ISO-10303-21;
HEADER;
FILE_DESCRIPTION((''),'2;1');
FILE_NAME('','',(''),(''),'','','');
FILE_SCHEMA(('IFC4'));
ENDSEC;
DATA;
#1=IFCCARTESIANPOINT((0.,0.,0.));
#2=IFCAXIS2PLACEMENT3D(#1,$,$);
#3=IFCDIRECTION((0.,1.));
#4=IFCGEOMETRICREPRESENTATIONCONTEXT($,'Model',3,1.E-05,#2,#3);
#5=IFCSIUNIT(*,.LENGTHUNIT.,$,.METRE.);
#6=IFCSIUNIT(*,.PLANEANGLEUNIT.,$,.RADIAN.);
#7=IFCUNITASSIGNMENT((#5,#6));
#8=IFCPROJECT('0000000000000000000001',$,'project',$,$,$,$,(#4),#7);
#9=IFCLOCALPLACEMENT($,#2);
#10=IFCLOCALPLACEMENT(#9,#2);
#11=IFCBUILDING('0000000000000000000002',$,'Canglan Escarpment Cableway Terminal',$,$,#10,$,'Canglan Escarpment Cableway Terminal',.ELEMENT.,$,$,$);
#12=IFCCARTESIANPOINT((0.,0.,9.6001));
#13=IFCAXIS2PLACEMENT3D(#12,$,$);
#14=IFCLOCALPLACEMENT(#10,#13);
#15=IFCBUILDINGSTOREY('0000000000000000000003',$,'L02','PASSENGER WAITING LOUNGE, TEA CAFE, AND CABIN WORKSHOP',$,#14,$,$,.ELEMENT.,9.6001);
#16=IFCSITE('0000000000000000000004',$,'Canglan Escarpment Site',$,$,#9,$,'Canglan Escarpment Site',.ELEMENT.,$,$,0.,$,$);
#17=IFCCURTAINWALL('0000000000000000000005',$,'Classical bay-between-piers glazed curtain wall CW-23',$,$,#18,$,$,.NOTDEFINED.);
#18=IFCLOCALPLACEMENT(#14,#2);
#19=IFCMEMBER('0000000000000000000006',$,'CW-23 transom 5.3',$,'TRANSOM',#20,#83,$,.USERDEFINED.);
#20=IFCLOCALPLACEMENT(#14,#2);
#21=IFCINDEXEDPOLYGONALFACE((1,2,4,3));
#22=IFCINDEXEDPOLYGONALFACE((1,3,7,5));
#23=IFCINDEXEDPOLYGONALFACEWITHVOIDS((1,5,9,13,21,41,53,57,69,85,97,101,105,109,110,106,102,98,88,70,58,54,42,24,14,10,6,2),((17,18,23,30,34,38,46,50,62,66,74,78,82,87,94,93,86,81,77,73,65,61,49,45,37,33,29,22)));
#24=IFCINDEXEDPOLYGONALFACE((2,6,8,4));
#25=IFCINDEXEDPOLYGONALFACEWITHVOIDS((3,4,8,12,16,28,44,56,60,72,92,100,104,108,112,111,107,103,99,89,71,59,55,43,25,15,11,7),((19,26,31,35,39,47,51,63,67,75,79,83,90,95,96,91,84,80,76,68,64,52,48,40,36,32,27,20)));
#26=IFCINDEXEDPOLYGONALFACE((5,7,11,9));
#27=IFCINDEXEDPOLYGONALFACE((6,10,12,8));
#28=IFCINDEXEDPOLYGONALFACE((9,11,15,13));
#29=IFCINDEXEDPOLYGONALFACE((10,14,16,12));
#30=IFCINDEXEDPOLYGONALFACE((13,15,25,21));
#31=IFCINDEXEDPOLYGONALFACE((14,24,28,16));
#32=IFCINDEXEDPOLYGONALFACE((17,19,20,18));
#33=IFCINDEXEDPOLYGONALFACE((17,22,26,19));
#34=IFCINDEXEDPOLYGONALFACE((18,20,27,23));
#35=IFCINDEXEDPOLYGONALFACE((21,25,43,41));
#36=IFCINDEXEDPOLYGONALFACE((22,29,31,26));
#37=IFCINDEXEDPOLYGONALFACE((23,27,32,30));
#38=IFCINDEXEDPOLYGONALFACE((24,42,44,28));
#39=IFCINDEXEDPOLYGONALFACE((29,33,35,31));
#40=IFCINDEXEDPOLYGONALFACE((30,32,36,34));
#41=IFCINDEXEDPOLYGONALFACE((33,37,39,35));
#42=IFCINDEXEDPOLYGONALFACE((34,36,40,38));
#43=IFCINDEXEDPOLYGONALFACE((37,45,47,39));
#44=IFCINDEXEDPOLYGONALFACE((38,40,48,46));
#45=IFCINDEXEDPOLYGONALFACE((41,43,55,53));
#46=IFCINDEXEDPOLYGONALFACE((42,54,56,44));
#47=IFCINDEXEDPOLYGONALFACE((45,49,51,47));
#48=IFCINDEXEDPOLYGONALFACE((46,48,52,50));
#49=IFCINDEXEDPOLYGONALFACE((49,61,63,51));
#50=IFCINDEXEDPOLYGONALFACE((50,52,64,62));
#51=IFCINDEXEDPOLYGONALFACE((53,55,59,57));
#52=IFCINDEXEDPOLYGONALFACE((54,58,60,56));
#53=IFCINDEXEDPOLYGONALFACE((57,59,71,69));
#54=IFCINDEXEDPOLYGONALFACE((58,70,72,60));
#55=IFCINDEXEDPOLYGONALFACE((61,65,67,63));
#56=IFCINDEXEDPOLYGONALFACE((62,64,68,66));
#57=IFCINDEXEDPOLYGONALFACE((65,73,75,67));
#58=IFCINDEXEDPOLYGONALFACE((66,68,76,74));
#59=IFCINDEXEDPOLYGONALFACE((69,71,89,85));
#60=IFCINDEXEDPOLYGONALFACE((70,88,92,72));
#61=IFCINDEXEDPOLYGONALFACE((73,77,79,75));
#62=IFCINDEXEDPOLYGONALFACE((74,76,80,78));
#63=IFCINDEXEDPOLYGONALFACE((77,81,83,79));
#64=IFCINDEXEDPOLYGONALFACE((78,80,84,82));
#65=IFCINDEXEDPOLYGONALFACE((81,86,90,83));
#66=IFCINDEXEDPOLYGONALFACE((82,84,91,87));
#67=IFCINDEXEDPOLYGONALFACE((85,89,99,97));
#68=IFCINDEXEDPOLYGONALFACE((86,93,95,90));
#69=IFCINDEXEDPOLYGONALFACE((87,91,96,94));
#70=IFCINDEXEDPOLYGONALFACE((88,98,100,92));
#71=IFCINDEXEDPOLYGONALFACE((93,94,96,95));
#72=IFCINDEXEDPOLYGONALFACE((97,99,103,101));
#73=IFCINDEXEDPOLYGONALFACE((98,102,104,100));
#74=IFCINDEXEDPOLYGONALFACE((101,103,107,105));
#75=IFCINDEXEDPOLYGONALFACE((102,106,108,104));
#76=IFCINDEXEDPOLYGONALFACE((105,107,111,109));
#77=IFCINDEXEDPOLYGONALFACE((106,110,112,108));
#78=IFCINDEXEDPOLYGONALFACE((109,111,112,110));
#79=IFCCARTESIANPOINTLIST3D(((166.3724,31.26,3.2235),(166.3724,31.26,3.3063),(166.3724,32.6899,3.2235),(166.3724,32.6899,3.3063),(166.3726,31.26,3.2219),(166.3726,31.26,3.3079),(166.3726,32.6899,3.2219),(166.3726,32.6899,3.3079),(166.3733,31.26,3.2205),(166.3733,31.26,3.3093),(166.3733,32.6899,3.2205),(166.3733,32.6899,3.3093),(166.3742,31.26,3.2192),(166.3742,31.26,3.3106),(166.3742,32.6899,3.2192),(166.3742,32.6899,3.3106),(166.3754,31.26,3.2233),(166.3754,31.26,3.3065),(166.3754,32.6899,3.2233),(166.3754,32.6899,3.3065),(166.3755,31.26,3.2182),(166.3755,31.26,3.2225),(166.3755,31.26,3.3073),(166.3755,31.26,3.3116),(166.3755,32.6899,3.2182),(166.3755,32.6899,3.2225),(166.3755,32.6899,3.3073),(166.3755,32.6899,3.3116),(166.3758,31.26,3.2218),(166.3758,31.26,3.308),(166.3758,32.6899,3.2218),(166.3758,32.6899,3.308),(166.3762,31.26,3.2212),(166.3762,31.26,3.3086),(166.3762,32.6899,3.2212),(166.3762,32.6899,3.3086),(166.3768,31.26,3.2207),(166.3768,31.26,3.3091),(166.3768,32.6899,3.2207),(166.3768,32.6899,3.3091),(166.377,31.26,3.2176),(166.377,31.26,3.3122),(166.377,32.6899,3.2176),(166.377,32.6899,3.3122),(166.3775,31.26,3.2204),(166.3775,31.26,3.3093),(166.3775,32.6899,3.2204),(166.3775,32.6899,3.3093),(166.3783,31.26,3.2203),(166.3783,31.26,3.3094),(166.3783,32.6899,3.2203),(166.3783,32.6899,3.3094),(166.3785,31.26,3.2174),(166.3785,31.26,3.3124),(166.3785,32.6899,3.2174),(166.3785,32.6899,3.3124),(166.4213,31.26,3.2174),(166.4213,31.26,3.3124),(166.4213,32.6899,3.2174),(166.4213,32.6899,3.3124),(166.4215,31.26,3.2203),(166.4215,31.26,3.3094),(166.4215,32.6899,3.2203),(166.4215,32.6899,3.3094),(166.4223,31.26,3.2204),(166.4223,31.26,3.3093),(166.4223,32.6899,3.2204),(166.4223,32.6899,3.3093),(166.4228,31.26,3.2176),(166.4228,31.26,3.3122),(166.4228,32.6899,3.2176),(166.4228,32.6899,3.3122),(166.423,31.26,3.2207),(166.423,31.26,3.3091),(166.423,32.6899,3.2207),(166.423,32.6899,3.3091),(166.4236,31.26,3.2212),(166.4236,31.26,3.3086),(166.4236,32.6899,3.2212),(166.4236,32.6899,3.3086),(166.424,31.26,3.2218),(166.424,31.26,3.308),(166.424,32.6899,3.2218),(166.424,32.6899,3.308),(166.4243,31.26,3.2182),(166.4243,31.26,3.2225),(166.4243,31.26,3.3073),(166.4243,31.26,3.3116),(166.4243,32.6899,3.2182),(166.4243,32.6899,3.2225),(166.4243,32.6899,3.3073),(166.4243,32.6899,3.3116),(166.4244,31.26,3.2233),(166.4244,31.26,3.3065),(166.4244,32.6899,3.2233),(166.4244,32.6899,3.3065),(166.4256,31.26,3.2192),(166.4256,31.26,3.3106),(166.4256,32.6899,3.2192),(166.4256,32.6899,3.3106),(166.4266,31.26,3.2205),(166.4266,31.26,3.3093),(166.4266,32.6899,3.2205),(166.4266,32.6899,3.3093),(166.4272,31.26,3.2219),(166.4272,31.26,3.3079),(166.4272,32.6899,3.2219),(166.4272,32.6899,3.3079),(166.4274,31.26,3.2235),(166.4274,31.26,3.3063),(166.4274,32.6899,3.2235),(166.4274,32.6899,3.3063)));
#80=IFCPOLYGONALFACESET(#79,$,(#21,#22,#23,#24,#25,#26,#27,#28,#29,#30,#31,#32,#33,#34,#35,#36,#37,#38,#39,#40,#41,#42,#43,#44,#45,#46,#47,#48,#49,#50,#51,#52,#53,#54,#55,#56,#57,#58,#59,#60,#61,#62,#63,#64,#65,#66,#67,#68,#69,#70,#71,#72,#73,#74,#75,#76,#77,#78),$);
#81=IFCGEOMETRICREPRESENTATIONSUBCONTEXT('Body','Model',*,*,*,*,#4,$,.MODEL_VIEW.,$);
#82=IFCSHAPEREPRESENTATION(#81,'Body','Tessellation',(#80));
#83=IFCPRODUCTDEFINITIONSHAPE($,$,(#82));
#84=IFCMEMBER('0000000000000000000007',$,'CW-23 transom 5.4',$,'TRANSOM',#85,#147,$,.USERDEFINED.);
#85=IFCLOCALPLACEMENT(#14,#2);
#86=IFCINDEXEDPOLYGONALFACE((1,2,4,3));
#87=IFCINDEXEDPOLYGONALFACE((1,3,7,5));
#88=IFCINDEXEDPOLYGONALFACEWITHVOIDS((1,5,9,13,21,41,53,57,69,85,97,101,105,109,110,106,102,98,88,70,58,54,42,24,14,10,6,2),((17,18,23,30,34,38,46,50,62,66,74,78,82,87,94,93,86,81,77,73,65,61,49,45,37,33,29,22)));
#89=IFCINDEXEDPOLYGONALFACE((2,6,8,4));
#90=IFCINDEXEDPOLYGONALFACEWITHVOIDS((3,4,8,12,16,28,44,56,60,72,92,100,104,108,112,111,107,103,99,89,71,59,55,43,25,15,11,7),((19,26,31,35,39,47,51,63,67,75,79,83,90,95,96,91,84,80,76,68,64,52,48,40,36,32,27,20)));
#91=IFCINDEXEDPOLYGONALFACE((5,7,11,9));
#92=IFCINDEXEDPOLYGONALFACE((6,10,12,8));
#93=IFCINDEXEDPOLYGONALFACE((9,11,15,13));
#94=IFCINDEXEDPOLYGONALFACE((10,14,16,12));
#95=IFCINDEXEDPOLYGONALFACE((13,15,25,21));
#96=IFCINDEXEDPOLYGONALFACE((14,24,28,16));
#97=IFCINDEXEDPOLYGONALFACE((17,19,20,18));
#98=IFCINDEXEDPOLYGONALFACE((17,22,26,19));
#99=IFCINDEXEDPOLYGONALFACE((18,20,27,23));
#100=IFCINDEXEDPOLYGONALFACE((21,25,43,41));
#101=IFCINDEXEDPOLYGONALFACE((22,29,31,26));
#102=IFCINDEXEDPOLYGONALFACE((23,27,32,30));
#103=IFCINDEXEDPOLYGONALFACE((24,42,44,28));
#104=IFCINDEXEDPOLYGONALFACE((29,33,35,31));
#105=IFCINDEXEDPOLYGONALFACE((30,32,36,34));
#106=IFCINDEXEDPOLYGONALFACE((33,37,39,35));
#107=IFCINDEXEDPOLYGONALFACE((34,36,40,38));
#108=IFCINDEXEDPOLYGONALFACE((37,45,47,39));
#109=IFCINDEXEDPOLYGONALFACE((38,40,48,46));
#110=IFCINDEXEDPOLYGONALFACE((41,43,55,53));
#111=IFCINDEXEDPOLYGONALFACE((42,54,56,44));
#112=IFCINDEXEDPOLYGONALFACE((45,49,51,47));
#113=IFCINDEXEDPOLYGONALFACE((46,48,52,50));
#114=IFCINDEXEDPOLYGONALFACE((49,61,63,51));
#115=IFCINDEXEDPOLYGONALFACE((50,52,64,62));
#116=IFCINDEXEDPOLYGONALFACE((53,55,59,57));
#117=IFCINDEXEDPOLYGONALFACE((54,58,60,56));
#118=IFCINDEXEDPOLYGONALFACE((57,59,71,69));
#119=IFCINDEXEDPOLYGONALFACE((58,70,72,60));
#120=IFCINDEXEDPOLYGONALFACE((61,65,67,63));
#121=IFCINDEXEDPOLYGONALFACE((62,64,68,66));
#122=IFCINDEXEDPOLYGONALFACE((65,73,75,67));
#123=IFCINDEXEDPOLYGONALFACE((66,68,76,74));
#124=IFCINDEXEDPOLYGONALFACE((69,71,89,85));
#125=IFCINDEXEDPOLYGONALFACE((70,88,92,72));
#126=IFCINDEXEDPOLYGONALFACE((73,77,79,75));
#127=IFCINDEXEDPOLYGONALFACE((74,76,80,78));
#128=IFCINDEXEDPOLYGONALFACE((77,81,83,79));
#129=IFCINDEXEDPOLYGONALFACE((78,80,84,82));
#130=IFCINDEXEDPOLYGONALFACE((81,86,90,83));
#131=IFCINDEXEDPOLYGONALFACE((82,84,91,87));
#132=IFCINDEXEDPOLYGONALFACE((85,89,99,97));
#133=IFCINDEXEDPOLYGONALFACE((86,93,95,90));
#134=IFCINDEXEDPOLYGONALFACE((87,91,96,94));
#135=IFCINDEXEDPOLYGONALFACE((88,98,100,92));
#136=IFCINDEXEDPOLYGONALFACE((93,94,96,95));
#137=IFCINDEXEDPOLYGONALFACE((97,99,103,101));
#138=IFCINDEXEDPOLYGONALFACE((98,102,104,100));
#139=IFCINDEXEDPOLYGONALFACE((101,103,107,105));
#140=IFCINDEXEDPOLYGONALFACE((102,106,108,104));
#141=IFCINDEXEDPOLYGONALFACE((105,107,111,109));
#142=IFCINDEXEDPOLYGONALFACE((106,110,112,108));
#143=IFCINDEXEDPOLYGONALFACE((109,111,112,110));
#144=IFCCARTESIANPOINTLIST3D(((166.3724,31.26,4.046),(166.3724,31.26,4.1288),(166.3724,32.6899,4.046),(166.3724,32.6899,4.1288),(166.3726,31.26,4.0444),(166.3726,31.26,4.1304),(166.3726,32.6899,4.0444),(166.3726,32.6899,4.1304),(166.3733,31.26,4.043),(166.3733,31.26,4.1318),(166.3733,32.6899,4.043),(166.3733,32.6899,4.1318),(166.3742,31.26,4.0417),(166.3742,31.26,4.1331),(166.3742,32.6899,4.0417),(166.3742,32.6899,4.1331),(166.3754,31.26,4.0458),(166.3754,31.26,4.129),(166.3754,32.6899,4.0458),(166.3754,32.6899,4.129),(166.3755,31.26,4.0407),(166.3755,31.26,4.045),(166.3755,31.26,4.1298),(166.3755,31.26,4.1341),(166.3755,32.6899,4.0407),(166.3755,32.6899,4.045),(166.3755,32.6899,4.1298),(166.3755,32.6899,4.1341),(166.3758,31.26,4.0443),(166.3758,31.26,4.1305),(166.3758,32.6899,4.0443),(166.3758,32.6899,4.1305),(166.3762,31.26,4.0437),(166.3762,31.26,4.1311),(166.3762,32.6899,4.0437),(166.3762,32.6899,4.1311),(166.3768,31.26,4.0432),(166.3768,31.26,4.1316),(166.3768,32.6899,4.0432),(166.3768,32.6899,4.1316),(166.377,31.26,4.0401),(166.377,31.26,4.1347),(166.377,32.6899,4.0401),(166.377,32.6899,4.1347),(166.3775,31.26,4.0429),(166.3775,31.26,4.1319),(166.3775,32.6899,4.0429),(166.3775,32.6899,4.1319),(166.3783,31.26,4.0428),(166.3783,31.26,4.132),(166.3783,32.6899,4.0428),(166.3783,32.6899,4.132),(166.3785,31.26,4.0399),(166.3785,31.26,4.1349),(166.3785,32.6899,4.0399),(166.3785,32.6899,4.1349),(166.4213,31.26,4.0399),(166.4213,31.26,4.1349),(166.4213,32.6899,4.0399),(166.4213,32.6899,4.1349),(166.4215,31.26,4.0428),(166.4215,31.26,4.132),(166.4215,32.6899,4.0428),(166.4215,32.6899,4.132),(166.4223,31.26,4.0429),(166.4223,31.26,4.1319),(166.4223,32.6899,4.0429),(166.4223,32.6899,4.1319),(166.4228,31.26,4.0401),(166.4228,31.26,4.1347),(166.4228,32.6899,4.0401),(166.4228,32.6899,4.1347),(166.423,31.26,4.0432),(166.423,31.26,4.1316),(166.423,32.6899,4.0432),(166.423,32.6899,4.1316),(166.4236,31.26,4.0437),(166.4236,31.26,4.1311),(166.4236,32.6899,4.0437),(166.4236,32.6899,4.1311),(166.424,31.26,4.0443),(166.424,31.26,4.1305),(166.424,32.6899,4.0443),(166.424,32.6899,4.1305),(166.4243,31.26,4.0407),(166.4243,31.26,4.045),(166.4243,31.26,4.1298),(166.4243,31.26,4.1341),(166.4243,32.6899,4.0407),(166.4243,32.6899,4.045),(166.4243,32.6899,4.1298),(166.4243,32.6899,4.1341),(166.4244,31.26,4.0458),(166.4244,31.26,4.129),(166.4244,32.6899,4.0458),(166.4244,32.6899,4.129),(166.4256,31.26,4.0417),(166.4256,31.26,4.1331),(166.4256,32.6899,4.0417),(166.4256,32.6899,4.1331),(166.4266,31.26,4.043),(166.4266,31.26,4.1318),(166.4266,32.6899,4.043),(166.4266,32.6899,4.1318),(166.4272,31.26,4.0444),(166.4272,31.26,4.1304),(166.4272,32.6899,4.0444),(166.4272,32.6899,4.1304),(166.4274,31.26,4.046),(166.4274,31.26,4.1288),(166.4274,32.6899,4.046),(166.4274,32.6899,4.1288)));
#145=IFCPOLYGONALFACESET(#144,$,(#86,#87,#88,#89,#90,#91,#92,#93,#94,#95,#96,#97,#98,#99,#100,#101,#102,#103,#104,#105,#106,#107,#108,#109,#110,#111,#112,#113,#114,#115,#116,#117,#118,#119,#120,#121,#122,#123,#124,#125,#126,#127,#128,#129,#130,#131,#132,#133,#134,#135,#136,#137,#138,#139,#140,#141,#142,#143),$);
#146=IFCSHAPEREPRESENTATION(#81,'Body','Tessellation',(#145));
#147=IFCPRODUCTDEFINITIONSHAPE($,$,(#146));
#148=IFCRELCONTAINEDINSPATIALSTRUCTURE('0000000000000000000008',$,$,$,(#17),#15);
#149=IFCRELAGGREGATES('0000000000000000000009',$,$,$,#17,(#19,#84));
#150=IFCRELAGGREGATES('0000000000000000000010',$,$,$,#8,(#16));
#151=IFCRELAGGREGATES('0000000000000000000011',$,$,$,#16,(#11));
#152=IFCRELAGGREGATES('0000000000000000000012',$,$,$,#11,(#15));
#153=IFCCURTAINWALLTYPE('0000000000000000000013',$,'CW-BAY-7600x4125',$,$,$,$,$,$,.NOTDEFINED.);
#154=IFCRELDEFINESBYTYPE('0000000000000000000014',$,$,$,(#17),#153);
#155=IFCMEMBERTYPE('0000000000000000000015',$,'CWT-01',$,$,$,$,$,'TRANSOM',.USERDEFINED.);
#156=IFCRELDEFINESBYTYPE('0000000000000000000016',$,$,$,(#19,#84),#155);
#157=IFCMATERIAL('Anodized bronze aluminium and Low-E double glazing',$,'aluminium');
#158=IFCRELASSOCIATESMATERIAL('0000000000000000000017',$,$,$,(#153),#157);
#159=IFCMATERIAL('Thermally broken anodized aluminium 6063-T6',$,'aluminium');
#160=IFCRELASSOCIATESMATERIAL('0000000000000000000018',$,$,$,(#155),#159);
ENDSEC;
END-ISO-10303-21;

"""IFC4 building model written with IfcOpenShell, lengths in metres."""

from ifc_helpers import new_model, si_unit, direction, frame, origin, origin_2d, place, context, subcontext, project, spatial, hollow_rectangle, extrude, material, material_profile, profile_set, type_object, element, aggregate, save


model = new_model("IFC4")

# Units and contexts
model_context = context("Model", 3, precision=1e-05, world=origin(), true_north=direction((0.0, 1.0)))
body_context = subcontext(model_context, "Body", "Model", "MODEL_VIEW")
ifc_project = project(units=[si_unit("LENGTHUNIT", "METRE"), si_unit("PLANEANGLEUNIT", "RADIAN")], contexts=[model_context])

# Site, building, storey
site_placement = place(None, origin())
site = spatial("IfcSite", under=ifc_project, at=site_placement, Name="Canglan Escarpment Site", LongName="Canglan Escarpment Site", CompositionType="ELEMENT", RefElevation=0.0)
building_placement = place(site_placement, origin())
building = spatial("IfcBuilding", under=site, at=building_placement, Name="Canglan Escarpment Cableway Terminal", LongName="Canglan Escarpment Cableway Terminal", CompositionType="ELEMENT")
storey_placement = place(building_placement, frame((0.0, 0.0, 9.6001)))
storey = spatial("IfcBuildingStorey", under=building, at=storey_placement, Name="L02", Description="PASSENGER WAITING LOUNGE, TEA CAFE, AND CABIN WORKSHOP", CompositionType="ELEMENT", Elevation=9.6001)

# Curtain wall
ifc_material_1 = material(Name="Anodized bronze aluminium and Low-E double glazing", Category="aluminium")
curtain_wall_type_1 = type_object("IfcCurtainWallType", Name="CW-BAY-7600x4125", PredefinedType="NOTDEFINED", material=ifc_material_1)
curtain_wall_1_placement = place(storey_placement, origin())
curtain_wall_1 = element("IfcCurtainWall", 1, at=curtain_wall_1_placement, inside=storey, type_object=curtain_wall_type_1, Name="Classical bay-between-piers glazed curtain wall CW-23", PredefinedType="NOTDEFINED")
ifc_material_2 = material(Name="Thermally broken anodized aluminium 6063-T6", Category="aluminium")

# Members
ifc_material_profile_1 = material_profile(ifc_material_2, hollow_rectangle(XDim=0.0549, YDim=0.095, WallThickness=0.0029, InnerFilletRadius=0.0029, OuterFilletRadius=0.0061, at=origin_2d()), Name="ALU-TRAN 55x95x3")
ifc_profile_set_1 = profile_set([ifc_material_profile_1], Name="Thermally broken anodized aluminium 6063-T6")
member_type_1 = type_object("IfcMemberType", Name="CWT-01", ElementType="TRANSOM", PredefinedType="USERDEFINED", material=ifc_profile_set_1)
member_1_placement = place(storey_placement, frame((166.3999, 31.26, 3.2649), z_axis=(0.0, 1.0, 0.0), x_axis=(-1.0, 0.0, 0.0)))
member_1 = element("IfcMember", 2, at=member_1_placement, type_object=member_type_1, Name="CW-23 transom 5.3", ObjectType="TRANSOM", PredefinedType="USERDEFINED", context=body_context, shape_type="SweptSolid", body=[
    extrude(hollow_rectangle(XDim=0.0549, YDim=0.095, WallThickness=0.0029, InnerFilletRadius=0.0029, OuterFilletRadius=0.0061, at=origin_2d()), origin(), (0.0, 0.0, 1.0), 1.4299),
])
member_2_placement = place(storey_placement, frame((166.3999, 31.26, 4.0874), z_axis=(0.0, 1.0, 0.0), x_axis=(-1.0, 0.0, 0.0)))
member_2 = element("IfcMember", 3, at=member_2_placement, type_object=member_type_1, Name="CW-23 transom 5.4", ObjectType="TRANSOM", PredefinedType="USERDEFINED", context=body_context, shape_type="SweptSolid", body=[
    extrude(hollow_rectangle(XDim=0.0549, YDim=0.095, WallThickness=0.0029, InnerFilletRadius=0.0029, OuterFilletRadius=0.0061, at=origin_2d()), origin(), (0.0, 0.0, 1.0), 1.4299),
])

aggregate(curtain_wall_1, [member_1, member_2])

save(model, "model.ifc")
